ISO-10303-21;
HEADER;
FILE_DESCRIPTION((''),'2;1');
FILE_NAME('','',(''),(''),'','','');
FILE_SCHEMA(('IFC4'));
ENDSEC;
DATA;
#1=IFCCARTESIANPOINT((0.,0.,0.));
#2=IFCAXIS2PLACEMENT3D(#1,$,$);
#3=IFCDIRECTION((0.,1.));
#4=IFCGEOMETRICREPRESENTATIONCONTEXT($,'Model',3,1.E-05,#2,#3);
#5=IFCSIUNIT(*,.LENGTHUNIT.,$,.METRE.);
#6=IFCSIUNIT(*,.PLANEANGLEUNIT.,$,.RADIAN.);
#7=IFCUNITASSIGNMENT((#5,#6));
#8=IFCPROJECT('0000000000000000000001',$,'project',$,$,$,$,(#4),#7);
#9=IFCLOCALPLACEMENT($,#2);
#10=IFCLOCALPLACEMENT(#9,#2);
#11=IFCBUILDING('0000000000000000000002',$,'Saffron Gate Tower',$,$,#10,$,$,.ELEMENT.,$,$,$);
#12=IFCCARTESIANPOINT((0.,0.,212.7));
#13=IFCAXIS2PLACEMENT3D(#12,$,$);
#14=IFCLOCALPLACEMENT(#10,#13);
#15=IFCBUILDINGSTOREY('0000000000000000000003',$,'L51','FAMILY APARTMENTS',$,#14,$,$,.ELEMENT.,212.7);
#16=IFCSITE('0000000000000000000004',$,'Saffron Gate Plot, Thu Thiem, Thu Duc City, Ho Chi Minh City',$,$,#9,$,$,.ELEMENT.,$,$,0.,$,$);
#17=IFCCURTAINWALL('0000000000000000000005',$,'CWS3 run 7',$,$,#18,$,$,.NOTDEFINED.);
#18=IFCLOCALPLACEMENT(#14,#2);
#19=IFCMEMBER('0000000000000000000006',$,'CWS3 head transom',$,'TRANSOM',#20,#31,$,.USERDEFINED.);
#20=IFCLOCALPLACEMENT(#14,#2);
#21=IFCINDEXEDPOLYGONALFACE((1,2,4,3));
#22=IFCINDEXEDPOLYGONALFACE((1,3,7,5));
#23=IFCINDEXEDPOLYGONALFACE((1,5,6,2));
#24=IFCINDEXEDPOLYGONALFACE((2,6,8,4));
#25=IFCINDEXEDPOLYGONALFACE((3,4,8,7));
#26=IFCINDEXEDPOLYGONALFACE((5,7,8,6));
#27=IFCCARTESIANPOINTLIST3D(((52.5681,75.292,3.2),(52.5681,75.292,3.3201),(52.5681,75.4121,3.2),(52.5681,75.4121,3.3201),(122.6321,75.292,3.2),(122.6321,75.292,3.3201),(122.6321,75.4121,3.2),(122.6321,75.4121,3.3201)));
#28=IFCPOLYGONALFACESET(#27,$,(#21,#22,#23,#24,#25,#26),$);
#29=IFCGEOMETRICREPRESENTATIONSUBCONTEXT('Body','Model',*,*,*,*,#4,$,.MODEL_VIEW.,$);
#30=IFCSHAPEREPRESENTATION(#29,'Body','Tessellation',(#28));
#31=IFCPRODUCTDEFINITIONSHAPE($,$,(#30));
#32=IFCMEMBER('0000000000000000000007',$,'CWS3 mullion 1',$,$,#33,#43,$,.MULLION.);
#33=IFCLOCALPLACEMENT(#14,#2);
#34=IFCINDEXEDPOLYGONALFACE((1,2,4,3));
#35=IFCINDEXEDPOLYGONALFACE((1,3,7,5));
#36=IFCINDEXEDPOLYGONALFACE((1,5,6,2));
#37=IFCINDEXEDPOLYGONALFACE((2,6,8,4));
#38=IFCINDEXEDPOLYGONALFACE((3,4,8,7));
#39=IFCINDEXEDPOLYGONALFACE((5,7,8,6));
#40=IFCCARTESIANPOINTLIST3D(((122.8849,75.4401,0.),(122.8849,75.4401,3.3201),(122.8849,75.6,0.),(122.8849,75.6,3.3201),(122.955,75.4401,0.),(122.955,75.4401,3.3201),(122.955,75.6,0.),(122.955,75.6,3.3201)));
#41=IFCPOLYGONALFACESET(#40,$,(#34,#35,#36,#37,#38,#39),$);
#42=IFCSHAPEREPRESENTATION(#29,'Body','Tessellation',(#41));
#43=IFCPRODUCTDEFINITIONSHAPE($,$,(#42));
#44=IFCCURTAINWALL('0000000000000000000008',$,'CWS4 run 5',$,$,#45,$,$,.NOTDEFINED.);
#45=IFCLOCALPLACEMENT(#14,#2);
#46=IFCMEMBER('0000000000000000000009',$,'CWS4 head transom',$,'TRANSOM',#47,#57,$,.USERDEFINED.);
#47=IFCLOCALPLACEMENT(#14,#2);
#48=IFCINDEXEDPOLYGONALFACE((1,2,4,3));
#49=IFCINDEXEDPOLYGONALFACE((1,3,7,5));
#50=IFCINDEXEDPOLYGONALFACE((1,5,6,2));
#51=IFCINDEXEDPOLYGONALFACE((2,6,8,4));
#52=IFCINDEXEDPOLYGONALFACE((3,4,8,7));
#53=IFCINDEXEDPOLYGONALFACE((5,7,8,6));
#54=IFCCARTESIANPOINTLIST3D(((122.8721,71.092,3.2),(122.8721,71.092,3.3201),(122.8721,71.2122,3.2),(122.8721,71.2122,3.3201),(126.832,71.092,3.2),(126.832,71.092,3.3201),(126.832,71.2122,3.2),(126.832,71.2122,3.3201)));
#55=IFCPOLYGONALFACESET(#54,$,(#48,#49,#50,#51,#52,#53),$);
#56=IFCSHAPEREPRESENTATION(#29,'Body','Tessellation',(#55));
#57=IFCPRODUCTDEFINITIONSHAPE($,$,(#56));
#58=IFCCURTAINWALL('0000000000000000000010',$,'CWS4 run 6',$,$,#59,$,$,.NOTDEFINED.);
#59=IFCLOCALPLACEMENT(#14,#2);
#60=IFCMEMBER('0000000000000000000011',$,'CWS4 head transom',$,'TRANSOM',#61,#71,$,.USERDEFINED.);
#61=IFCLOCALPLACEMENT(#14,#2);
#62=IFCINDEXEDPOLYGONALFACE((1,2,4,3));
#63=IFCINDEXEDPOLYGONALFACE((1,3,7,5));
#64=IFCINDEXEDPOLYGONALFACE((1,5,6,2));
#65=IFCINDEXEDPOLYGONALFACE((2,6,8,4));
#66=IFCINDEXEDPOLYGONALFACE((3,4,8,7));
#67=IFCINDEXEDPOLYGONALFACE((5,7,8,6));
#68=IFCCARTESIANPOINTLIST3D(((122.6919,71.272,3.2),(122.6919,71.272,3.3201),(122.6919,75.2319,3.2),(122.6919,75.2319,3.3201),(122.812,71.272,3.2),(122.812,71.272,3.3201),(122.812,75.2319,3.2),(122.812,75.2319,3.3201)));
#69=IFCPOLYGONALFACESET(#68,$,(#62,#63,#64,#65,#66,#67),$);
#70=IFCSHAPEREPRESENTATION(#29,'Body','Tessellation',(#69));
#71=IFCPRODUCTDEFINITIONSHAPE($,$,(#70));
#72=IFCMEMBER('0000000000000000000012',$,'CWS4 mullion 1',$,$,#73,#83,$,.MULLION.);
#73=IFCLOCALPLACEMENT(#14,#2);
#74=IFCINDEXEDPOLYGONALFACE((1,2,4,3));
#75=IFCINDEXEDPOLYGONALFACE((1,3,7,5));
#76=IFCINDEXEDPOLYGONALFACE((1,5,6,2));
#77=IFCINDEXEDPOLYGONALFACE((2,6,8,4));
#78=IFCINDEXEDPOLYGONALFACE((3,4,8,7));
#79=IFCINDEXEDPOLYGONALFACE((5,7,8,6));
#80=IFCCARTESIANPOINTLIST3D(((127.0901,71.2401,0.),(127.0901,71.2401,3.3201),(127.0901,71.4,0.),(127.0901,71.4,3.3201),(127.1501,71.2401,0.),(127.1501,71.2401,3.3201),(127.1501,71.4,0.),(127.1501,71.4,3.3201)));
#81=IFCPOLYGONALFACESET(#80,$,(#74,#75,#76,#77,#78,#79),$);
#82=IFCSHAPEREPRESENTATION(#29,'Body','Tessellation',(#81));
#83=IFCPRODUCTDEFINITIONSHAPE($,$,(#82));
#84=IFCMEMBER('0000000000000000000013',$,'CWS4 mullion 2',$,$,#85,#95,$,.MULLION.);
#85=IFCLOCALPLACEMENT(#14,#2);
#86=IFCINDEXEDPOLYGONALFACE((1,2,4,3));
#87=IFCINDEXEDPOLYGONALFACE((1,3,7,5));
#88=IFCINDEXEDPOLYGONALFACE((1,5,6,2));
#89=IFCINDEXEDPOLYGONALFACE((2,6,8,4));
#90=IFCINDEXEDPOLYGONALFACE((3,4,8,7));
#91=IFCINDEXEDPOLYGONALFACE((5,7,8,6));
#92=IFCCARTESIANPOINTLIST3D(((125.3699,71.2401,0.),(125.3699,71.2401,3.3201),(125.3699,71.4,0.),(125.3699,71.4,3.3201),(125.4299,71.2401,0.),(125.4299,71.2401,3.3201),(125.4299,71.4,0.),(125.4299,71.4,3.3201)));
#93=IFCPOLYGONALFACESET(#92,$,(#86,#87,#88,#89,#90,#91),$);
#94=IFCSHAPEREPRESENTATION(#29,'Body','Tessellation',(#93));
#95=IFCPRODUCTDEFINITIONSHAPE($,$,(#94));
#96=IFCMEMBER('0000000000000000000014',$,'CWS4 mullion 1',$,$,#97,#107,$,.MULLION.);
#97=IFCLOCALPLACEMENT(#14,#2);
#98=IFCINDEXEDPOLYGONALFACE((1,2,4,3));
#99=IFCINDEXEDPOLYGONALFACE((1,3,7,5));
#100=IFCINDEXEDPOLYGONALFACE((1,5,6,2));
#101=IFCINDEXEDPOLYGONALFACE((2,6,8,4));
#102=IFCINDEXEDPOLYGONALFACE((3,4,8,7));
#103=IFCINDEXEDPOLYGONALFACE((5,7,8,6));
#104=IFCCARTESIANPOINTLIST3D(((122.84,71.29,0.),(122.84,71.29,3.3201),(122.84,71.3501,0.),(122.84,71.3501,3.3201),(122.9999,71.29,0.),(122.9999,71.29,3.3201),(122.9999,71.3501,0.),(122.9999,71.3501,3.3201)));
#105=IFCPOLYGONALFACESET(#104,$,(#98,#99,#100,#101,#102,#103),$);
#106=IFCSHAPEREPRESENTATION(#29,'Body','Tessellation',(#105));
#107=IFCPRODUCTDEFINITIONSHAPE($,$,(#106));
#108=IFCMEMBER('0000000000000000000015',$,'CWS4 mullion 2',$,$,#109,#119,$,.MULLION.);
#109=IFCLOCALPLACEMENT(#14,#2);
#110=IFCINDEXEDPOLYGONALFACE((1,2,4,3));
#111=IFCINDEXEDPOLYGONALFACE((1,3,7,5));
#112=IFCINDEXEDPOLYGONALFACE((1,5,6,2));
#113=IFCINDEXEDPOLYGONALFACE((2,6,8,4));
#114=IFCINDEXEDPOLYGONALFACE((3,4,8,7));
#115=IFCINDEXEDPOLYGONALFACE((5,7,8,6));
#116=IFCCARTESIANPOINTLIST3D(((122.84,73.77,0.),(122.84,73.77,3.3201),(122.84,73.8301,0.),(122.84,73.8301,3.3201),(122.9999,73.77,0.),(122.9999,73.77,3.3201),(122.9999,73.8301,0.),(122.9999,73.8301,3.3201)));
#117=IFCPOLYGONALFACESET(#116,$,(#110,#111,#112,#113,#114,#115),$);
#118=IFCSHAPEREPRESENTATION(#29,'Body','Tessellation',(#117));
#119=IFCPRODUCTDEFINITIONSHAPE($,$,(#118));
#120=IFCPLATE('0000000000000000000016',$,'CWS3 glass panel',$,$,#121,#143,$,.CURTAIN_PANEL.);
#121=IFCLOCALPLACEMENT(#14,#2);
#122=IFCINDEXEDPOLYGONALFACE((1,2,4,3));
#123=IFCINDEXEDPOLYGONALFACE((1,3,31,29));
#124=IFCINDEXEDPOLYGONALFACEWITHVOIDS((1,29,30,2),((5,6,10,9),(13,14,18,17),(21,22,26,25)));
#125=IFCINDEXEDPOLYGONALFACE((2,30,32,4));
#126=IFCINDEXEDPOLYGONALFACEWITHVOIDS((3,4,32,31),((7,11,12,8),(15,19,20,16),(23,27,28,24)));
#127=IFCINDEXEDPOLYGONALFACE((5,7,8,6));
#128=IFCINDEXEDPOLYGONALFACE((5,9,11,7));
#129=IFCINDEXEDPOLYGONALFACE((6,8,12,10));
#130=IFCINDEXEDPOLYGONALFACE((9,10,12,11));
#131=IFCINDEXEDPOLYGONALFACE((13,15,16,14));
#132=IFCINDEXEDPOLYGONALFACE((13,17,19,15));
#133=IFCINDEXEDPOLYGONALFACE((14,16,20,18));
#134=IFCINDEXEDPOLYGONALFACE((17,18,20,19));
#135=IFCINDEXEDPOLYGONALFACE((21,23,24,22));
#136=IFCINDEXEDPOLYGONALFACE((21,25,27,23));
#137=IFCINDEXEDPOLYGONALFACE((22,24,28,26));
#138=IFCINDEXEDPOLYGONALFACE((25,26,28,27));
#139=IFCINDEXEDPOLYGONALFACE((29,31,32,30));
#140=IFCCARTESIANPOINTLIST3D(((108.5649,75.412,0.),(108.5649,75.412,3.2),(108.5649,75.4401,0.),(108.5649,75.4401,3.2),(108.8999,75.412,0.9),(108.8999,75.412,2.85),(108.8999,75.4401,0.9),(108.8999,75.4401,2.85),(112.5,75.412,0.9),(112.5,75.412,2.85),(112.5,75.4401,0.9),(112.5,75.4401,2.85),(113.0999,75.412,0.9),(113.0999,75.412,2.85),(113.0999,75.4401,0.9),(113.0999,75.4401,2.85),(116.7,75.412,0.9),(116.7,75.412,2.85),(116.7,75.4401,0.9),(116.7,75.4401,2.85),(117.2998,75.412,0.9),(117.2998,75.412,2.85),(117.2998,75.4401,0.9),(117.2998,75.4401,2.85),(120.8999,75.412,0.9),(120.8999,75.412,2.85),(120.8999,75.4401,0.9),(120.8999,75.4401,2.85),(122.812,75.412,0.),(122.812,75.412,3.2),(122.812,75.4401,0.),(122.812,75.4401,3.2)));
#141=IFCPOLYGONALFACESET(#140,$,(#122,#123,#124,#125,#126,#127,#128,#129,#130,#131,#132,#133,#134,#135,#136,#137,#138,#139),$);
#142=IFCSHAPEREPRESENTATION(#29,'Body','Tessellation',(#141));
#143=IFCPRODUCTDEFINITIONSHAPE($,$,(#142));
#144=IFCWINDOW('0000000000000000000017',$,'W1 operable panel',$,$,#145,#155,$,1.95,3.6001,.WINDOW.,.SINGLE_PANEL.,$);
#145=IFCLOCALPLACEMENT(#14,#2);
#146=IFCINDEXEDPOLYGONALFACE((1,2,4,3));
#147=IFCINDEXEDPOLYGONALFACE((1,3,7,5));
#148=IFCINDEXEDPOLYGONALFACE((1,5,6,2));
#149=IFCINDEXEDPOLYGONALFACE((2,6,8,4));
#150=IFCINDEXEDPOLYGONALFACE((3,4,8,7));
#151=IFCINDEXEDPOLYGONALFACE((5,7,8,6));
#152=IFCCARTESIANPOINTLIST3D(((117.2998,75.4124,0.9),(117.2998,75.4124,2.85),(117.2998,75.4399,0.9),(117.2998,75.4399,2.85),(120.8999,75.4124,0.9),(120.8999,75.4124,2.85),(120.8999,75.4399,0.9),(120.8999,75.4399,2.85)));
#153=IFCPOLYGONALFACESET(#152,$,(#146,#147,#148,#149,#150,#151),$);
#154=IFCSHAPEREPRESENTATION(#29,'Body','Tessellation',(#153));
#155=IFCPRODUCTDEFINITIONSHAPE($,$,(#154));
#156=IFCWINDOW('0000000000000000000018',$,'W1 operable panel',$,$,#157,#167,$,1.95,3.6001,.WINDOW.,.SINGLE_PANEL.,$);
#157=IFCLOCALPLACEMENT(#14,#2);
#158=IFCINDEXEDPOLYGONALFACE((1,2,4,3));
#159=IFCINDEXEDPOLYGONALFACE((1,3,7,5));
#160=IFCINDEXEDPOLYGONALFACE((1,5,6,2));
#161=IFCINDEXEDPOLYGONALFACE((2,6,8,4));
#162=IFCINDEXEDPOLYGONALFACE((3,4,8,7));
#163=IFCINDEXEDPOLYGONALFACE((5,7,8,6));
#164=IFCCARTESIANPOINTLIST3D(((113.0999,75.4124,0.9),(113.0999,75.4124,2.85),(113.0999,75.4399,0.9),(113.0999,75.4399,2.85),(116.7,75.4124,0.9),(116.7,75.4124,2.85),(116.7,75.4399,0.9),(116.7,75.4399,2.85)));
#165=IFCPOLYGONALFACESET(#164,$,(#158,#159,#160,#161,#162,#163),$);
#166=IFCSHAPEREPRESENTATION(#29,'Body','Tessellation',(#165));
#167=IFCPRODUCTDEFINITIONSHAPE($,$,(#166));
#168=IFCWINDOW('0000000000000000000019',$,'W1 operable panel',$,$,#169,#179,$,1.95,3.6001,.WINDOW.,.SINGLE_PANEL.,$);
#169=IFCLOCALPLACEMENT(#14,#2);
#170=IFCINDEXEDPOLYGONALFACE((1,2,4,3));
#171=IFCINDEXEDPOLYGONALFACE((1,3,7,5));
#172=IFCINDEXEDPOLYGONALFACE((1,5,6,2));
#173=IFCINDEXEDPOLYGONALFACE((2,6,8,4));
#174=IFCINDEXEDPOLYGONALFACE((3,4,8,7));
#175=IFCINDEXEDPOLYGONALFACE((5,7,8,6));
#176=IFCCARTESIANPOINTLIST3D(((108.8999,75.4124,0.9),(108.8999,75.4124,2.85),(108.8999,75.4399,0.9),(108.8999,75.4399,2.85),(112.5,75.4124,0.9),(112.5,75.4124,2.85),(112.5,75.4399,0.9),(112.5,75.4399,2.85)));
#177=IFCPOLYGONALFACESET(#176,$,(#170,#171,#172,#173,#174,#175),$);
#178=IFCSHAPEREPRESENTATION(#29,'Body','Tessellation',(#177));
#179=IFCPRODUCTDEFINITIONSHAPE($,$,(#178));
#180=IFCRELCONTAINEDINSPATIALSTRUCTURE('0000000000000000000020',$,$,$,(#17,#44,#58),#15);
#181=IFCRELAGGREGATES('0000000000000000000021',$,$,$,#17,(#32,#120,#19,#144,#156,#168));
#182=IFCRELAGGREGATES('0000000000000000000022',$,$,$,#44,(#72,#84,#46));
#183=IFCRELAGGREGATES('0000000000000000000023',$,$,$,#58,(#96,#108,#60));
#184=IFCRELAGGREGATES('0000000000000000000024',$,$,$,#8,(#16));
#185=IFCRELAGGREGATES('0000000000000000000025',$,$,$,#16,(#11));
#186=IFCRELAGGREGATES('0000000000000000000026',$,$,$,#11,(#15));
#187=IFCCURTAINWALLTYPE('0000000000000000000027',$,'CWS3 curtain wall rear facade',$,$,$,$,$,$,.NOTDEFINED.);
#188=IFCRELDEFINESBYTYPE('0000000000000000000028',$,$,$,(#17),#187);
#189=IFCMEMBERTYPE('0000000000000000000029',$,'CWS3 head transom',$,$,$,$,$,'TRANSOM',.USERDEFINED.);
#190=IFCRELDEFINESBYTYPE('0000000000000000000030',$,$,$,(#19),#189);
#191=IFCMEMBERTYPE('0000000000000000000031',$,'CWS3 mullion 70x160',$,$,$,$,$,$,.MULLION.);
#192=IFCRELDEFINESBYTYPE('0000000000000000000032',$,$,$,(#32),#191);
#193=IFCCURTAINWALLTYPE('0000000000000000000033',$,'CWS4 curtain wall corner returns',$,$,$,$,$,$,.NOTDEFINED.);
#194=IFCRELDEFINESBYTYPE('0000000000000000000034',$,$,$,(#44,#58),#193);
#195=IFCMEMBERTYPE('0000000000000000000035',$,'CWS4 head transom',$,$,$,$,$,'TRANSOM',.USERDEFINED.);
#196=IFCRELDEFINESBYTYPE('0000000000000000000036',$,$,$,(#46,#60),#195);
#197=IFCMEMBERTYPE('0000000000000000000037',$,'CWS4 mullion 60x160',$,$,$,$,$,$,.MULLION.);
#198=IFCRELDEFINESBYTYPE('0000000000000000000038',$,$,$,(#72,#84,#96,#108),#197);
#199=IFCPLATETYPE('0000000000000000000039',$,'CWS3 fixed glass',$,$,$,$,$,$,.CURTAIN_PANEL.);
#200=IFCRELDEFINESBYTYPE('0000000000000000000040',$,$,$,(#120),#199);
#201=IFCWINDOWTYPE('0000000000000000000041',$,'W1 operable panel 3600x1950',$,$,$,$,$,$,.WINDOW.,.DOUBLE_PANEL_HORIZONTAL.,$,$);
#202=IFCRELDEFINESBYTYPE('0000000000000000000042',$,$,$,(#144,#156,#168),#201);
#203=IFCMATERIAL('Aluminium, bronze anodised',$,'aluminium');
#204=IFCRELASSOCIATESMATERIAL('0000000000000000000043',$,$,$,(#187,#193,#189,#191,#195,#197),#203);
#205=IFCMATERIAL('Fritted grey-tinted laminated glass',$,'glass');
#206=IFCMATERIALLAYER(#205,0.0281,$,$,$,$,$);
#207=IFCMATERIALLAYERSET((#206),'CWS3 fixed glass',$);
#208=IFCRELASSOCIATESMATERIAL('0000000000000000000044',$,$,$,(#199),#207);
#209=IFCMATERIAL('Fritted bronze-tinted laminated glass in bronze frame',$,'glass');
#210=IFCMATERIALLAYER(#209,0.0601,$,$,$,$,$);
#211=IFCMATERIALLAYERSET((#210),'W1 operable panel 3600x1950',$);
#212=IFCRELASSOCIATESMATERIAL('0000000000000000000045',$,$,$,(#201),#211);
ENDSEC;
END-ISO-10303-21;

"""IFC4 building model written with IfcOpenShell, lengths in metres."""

from ifc_helpers import new_model, si_unit, direction, frame, frame_2d, origin, origin_2d, place, context, subcontext, project, spatial, rectangle, extrude, material, layer, layer_set, material_profile, profile_set, type_object, element, fill, aggregate, save


model = new_model("IFC4")

# Units and contexts
model_context = context("Model", 3, precision=1e-05, world=origin(), true_north=direction((0.0, 1.0)))
body_context = subcontext(model_context, "Body", "Model", "MODEL_VIEW")
ifc_project = project(units=[si_unit("LENGTHUNIT", "METRE"), si_unit("PLANEANGLEUNIT", "RADIAN")], contexts=[model_context])

# Site, building, storey
site_placement = place(None, origin())
site = spatial("IfcSite", under=ifc_project, at=site_placement, Name="Saffron Gate Plot, Thu Thiem, Thu Duc City, Ho Chi Minh City", CompositionType="ELEMENT", RefElevation=0.0)
building_placement = place(site_placement, origin())
building = spatial("IfcBuilding", under=site, at=building_placement, Name="Saffron Gate Tower", CompositionType="ELEMENT")
storey_placement = place(building_placement, frame((0.0, 0.0, 212.7)))
storey = spatial("IfcBuildingStorey", under=building, at=storey_placement, Name="L51", Description="FAMILY APARTMENTS", CompositionType="ELEMENT", Elevation=212.7)

# Curtain wall, members
ifc_material_1 = material(Name="Aluminium, bronze anodised", Category="aluminium")
curtain_wall_type_1 = type_object("IfcCurtainWallType", Name="CWS3 curtain wall rear facade", PredefinedType="NOTDEFINED", material=ifc_material_1)
curtain_wall_1_placement = place(storey_placement, origin())
curtain_wall_1 = element("IfcCurtainWall", 1, at=curtain_wall_1_placement, inside=storey, type_object=curtain_wall_type_1, Name="CWS3 run 7", PredefinedType="NOTDEFINED")
ifc_material_profile_1 = material_profile(ifc_material_1, rectangle(XDim=0.1201, YDim=0.1201, at=origin_2d()))
ifc_profile_set_1 = profile_set([ifc_material_profile_1], Name="Aluminium, bronze anodised")
member_type_1 = type_object("IfcMemberType", Name="CWS3 head transom", ElementType="TRANSOM", PredefinedType="USERDEFINED", material=ifc_profile_set_1)
member_1_placement = place(storey_placement, frame((122.6321, 75.3521, 3.26), z_axis=(-1.0, 0.0, 0.0), x_axis=(0.0, -1.0, 0.0)))
member_1 = element("IfcMember", 2, at=member_1_placement, type_object=member_type_1, Name="CWS3 head transom", ObjectType="TRANSOM", PredefinedType="USERDEFINED", context=body_context, shape_type="SweptSolid", body=[
    extrude(rectangle(XDim=0.1201, YDim=0.1201, at=origin_2d()), origin(), (0.0, 0.0, 1.0), 70.064),
])
ifc_material_profile_2 = material_profile(ifc_material_1, rectangle(XDim=0.1599, YDim=0.0701, at=origin_2d()))
ifc_profile_set_2 = profile_set([ifc_material_profile_2], Name="Aluminium, bronze anodised")
member_type_2 = type_object("IfcMemberType", Name="CWS3 mullion 70x160", PredefinedType="MULLION", material=ifc_profile_set_2)
member_2_placement = place(storey_placement, frame((122.9199, 75.52, 0.0), z_axis=(0.0, 0.0, 1.0), x_axis=(0.0, -1.0, 0.0)))
member_2 = element("IfcMember", 3, at=member_2_placement, type_object=member_type_2, Name="CWS3 mullion 1", PredefinedType="MULLION", context=body_context, shape_type="SweptSolid", body=[
    extrude(rectangle(XDim=0.1599, YDim=0.0701, at=origin_2d()), origin(), (0.0, 0.0, 1.0), 3.3201),
])

# Curtain walls, members
curtain_wall_type_2 = type_object("IfcCurtainWallType", Name="CWS4 curtain wall corner returns", PredefinedType="NOTDEFINED", material=ifc_material_1)
curtain_wall_2_placement = place(storey_placement, origin())
curtain_wall_2 = element("IfcCurtainWall", 4, at=curtain_wall_2_placement, inside=storey, type_object=curtain_wall_type_2, Name="CWS4 run 5", PredefinedType="NOTDEFINED")
ifc_material_profile_3 = material_profile(ifc_material_1, rectangle(XDim=0.1201, YDim=0.1201, at=origin_2d()))
ifc_profile_set_3 = profile_set([ifc_material_profile_3], Name="Aluminium, bronze anodised")
member_type_3 = type_object("IfcMemberType", Name="CWS4 head transom", ElementType="TRANSOM", PredefinedType="USERDEFINED", material=ifc_profile_set_3)
member_3_placement = place(storey_placement, frame((126.832, 71.1521, 3.26), z_axis=(-1.0, 0.0, 0.0), x_axis=(0.0, -1.0, 0.0)))
member_3 = element("IfcMember", 5, at=member_3_placement, type_object=member_type_3, Name="CWS4 head transom", ObjectType="TRANSOM", PredefinedType="USERDEFINED", context=body_context, shape_type="SweptSolid", body=[
    extrude(rectangle(XDim=0.1201, YDim=0.1201, at=origin_2d()), origin(), (0.0, 0.0, 1.0), 3.96),
])
curtain_wall_3_placement = place(storey_placement, origin())
curtain_wall_3 = element("IfcCurtainWall", 6, at=curtain_wall_3_placement, inside=storey, type_object=curtain_wall_type_2, Name="CWS4 run 6", PredefinedType="NOTDEFINED")
member_4_placement = place(storey_placement, frame((122.752, 71.272, 3.26), z_axis=(0.0, 1.0, 0.0), x_axis=(-1.0, 0.0, 0.0)))
member_4 = element("IfcMember", 7, at=member_4_placement, type_object=member_type_3, Name="CWS4 head transom", ObjectType="TRANSOM", PredefinedType="USERDEFINED", context=body_context, shape_type="SweptSolid", body=[
    extrude(rectangle(XDim=0.1201, YDim=0.1201, at=origin_2d()), origin(), (0.0, 0.0, 1.0), 3.96),
])

# Members
ifc_material_profile_4 = material_profile(ifc_material_1, rectangle(XDim=0.1599, YDim=0.0601, at=origin_2d()))
ifc_profile_set_4 = profile_set([ifc_material_profile_4], Name="Aluminium, bronze anodised")
member_type_4 = type_object("IfcMemberType", Name="CWS4 mullion 60x160", PredefinedType="MULLION", material=ifc_profile_set_4)
member_5_placement = place(storey_placement, frame((127.1201, 71.3201, 0.0), z_axis=(0.0, 0.0, 1.0), x_axis=(0.0, -1.0, 0.0)))
member_5 = element("IfcMember", 8, at=member_5_placement, type_object=member_type_4, Name="CWS4 mullion 1", PredefinedType="MULLION", context=body_context, shape_type="SweptSolid", body=[
    extrude(rectangle(XDim=0.1599, YDim=0.0601, at=origin_2d()), origin(), (0.0, 0.0, 1.0), 3.3201),
])
member_6_placement = place(storey_placement, frame((125.3999, 71.3201, 0.0), z_axis=(0.0, 0.0, 1.0), x_axis=(0.0, -1.0, 0.0)))
member_6 = element("IfcMember", 9, at=member_6_placement, type_object=member_type_4, Name="CWS4 mullion 2", PredefinedType="MULLION", context=body_context, shape_type="SweptSolid", body=[
    extrude(rectangle(XDim=0.1599, YDim=0.0601, at=origin_2d()), origin(), (0.0, 0.0, 1.0), 3.3201),
])
member_7_placement = place(storey_placement, frame((122.9199, 71.3201, 0.0), z_axis=(0.0, 0.0, 1.0), x_axis=(-1.0, 0.0, 0.0)))
member_7 = element("IfcMember", 10, at=member_7_placement, type_object=member_type_4, Name="CWS4 mullion 1", PredefinedType="MULLION", context=body_context, shape_type="SweptSolid", body=[
    extrude(rectangle(XDim=0.1599, YDim=0.0601, at=origin_2d()), origin(), (0.0, 0.0, 1.0), 3.3201),
])
member_8_placement = place(storey_placement, frame((122.9199, 73.8, 0.0), z_axis=(0.0, 0.0, 1.0), x_axis=(-1.0, 0.0, 0.0)))
member_8 = element("IfcMember", 11, at=member_8_placement, type_object=member_type_4, Name="CWS4 mullion 2", PredefinedType="MULLION", context=body_context, shape_type="SweptSolid", body=[
    extrude(rectangle(XDim=0.1599, YDim=0.0601, at=origin_2d()), origin(), (0.0, 0.0, 1.0), 3.3201),
])

# Plate, openings, windows
ifc_material_2 = material(Name="Fritted grey-tinted laminated glass", Category="glass")
ifc_layer_1 = layer(ifc_material_2, 0.0281)
ifc_layer_set_1 = layer_set([ifc_layer_1], Name="CWS3 fixed glass")
plate_type_1 = type_object("IfcPlateType", Name="CWS3 fixed glass", PredefinedType="CURTAIN_PANEL", material=ifc_layer_set_1)
plate_1_placement = place(storey_placement, frame((122.812, 75.426, 0.0), z_axis=(0.0, 0.0, 1.0), x_axis=(-1.0, 0.0, 0.0)))
plate_1 = element("IfcPlate", 12, at=plate_1_placement, type_object=plate_type_1, Name="CWS3 glass panel", PredefinedType="CURTAIN_PANEL", context=body_context, shape_type="SweptSolid", body=[
    extrude(rectangle(XDim=14.2471, YDim=0.0281, at=frame_2d((7.1235, 0.0))), origin(), (0.0, 0.0, 1.0), 3.2),
])
opening_1_placement = place(plate_1_placement, frame((1.9121, 0.0, 0.8999)))
opening_1 = element("IfcOpeningElement", 13, at=opening_1_placement, cuts=plate_1, PredefinedType="OPENING", context=body_context, shape_type="SweptSolid", body=[
    extrude(rectangle(XDim=3.6001, YDim=1.95, at=frame_2d((1.8, 0.9751))), frame((0.0, 0.0239, 0.0), z_axis=(0.0, -1.0, 0.0), x_axis=(1.0, 0.0, 0.0)), (0.0, 0.0, 1.0), 0.0481),
])
opening_2_placement = place(plate_1_placement, frame((6.1121, 0.0, 0.8999)))
opening_2 = element("IfcOpeningElement", 14, at=opening_2_placement, cuts=plate_1, PredefinedType="OPENING", context=body_context, shape_type="SweptSolid", body=[
    extrude(rectangle(XDim=3.6001, YDim=1.95, at=frame_2d((1.8, 0.9751))), frame((0.0, 0.0239, 0.0), z_axis=(0.0, -1.0, 0.0), x_axis=(1.0, 0.0, 0.0)), (0.0, 0.0, 1.0), 0.0481),
])
opening_3_placement = place(plate_1_placement, frame((10.312, 0.0, 0.8999)))
opening_3 = element("IfcOpeningElement", 15, at=opening_3_placement, cuts=plate_1, PredefinedType="OPENING", context=body_context, shape_type="SweptSolid", body=[
    extrude(rectangle(XDim=3.6001, YDim=1.95, at=frame_2d((1.8, 0.9751))), frame((0.0, 0.0239, 0.0), z_axis=(0.0, -1.0, 0.0), x_axis=(1.0, 0.0, 0.0)), (0.0, 0.0, 1.0), 0.0481),
])
ifc_material_3 = material(Name="Fritted bronze-tinted laminated glass in bronze frame", Category="glass")
ifc_layer_2 = layer(ifc_material_3, 0.0601)
ifc_layer_set_2 = layer_set([ifc_layer_2], Name="W1 operable panel 3600x1950")
window_type = type_object("IfcWindowType", Name="W1 operable panel 3600x1950", PartitioningType="DOUBLE_PANEL_HORIZONTAL", PredefinedType="WINDOW", material=ifc_layer_set_2)
window_1_placement = place(opening_1_placement, origin())
window_1 = element("IfcWindow", 16, at=window_1_placement, type_object=window_type, Name="W1 operable panel", OverallHeight=1.95, OverallWidth=3.6001, PartitioningType="SINGLE_PANEL", PredefinedType="WINDOW", context=body_context, shape_type="SweptSolid", body=[
    extrude(rectangle(XDim=3.6001, YDim=1.95, at=frame_2d((1.8, 0.9751))), frame((0.0, 0.0137, 0.0), z_axis=(0.0, -1.0, 0.0), x_axis=(1.0, 0.0, 0.0)), (0.0, 0.0, 1.0), 0.0276),
])
fill(opening_1, window_1)
window_2_placement = place(opening_2_placement, origin())
window_2 = element("IfcWindow", 17, at=window_2_placement, type_object=window_type, Name="W1 operable panel", OverallHeight=1.95, OverallWidth=3.6001, PartitioningType="SINGLE_PANEL", PredefinedType="WINDOW", context=body_context, shape_type="SweptSolid", body=[
    extrude(rectangle(XDim=3.6001, YDim=1.95, at=frame_2d((1.8, 0.9751))), frame((0.0, 0.0137, 0.0), z_axis=(0.0, -1.0, 0.0), x_axis=(1.0, 0.0, 0.0)), (0.0, 0.0, 1.0), 0.0276),
])
fill(opening_2, window_2)
window_3_placement = place(opening_3_placement, origin())
window_3 = element("IfcWindow", 18, at=window_3_placement, type_object=window_type, Name="W1 operable panel", OverallHeight=1.95, OverallWidth=3.6001, PartitioningType="SINGLE_PANEL", PredefinedType="WINDOW", context=body_context, shape_type="SweptSolid", body=[
    extrude(rectangle(XDim=3.6001, YDim=1.95, at=frame_2d((1.8, 0.9751))), frame((0.0, 0.0137, 0.0), z_axis=(0.0, -1.0, 0.0), x_axis=(1.0, 0.0, 0.0)), (0.0, 0.0, 1.0), 0.0276),
])
fill(opening_3, window_3)
aggregate(curtain_wall_1, [member_2, plate_1, member_1, window_1, window_2, window_3])

aggregate(curtain_wall_2, [member_5, member_6, member_3])
aggregate(curtain_wall_3, [member_7, member_8, member_4])

save(model, "model.ifc")
